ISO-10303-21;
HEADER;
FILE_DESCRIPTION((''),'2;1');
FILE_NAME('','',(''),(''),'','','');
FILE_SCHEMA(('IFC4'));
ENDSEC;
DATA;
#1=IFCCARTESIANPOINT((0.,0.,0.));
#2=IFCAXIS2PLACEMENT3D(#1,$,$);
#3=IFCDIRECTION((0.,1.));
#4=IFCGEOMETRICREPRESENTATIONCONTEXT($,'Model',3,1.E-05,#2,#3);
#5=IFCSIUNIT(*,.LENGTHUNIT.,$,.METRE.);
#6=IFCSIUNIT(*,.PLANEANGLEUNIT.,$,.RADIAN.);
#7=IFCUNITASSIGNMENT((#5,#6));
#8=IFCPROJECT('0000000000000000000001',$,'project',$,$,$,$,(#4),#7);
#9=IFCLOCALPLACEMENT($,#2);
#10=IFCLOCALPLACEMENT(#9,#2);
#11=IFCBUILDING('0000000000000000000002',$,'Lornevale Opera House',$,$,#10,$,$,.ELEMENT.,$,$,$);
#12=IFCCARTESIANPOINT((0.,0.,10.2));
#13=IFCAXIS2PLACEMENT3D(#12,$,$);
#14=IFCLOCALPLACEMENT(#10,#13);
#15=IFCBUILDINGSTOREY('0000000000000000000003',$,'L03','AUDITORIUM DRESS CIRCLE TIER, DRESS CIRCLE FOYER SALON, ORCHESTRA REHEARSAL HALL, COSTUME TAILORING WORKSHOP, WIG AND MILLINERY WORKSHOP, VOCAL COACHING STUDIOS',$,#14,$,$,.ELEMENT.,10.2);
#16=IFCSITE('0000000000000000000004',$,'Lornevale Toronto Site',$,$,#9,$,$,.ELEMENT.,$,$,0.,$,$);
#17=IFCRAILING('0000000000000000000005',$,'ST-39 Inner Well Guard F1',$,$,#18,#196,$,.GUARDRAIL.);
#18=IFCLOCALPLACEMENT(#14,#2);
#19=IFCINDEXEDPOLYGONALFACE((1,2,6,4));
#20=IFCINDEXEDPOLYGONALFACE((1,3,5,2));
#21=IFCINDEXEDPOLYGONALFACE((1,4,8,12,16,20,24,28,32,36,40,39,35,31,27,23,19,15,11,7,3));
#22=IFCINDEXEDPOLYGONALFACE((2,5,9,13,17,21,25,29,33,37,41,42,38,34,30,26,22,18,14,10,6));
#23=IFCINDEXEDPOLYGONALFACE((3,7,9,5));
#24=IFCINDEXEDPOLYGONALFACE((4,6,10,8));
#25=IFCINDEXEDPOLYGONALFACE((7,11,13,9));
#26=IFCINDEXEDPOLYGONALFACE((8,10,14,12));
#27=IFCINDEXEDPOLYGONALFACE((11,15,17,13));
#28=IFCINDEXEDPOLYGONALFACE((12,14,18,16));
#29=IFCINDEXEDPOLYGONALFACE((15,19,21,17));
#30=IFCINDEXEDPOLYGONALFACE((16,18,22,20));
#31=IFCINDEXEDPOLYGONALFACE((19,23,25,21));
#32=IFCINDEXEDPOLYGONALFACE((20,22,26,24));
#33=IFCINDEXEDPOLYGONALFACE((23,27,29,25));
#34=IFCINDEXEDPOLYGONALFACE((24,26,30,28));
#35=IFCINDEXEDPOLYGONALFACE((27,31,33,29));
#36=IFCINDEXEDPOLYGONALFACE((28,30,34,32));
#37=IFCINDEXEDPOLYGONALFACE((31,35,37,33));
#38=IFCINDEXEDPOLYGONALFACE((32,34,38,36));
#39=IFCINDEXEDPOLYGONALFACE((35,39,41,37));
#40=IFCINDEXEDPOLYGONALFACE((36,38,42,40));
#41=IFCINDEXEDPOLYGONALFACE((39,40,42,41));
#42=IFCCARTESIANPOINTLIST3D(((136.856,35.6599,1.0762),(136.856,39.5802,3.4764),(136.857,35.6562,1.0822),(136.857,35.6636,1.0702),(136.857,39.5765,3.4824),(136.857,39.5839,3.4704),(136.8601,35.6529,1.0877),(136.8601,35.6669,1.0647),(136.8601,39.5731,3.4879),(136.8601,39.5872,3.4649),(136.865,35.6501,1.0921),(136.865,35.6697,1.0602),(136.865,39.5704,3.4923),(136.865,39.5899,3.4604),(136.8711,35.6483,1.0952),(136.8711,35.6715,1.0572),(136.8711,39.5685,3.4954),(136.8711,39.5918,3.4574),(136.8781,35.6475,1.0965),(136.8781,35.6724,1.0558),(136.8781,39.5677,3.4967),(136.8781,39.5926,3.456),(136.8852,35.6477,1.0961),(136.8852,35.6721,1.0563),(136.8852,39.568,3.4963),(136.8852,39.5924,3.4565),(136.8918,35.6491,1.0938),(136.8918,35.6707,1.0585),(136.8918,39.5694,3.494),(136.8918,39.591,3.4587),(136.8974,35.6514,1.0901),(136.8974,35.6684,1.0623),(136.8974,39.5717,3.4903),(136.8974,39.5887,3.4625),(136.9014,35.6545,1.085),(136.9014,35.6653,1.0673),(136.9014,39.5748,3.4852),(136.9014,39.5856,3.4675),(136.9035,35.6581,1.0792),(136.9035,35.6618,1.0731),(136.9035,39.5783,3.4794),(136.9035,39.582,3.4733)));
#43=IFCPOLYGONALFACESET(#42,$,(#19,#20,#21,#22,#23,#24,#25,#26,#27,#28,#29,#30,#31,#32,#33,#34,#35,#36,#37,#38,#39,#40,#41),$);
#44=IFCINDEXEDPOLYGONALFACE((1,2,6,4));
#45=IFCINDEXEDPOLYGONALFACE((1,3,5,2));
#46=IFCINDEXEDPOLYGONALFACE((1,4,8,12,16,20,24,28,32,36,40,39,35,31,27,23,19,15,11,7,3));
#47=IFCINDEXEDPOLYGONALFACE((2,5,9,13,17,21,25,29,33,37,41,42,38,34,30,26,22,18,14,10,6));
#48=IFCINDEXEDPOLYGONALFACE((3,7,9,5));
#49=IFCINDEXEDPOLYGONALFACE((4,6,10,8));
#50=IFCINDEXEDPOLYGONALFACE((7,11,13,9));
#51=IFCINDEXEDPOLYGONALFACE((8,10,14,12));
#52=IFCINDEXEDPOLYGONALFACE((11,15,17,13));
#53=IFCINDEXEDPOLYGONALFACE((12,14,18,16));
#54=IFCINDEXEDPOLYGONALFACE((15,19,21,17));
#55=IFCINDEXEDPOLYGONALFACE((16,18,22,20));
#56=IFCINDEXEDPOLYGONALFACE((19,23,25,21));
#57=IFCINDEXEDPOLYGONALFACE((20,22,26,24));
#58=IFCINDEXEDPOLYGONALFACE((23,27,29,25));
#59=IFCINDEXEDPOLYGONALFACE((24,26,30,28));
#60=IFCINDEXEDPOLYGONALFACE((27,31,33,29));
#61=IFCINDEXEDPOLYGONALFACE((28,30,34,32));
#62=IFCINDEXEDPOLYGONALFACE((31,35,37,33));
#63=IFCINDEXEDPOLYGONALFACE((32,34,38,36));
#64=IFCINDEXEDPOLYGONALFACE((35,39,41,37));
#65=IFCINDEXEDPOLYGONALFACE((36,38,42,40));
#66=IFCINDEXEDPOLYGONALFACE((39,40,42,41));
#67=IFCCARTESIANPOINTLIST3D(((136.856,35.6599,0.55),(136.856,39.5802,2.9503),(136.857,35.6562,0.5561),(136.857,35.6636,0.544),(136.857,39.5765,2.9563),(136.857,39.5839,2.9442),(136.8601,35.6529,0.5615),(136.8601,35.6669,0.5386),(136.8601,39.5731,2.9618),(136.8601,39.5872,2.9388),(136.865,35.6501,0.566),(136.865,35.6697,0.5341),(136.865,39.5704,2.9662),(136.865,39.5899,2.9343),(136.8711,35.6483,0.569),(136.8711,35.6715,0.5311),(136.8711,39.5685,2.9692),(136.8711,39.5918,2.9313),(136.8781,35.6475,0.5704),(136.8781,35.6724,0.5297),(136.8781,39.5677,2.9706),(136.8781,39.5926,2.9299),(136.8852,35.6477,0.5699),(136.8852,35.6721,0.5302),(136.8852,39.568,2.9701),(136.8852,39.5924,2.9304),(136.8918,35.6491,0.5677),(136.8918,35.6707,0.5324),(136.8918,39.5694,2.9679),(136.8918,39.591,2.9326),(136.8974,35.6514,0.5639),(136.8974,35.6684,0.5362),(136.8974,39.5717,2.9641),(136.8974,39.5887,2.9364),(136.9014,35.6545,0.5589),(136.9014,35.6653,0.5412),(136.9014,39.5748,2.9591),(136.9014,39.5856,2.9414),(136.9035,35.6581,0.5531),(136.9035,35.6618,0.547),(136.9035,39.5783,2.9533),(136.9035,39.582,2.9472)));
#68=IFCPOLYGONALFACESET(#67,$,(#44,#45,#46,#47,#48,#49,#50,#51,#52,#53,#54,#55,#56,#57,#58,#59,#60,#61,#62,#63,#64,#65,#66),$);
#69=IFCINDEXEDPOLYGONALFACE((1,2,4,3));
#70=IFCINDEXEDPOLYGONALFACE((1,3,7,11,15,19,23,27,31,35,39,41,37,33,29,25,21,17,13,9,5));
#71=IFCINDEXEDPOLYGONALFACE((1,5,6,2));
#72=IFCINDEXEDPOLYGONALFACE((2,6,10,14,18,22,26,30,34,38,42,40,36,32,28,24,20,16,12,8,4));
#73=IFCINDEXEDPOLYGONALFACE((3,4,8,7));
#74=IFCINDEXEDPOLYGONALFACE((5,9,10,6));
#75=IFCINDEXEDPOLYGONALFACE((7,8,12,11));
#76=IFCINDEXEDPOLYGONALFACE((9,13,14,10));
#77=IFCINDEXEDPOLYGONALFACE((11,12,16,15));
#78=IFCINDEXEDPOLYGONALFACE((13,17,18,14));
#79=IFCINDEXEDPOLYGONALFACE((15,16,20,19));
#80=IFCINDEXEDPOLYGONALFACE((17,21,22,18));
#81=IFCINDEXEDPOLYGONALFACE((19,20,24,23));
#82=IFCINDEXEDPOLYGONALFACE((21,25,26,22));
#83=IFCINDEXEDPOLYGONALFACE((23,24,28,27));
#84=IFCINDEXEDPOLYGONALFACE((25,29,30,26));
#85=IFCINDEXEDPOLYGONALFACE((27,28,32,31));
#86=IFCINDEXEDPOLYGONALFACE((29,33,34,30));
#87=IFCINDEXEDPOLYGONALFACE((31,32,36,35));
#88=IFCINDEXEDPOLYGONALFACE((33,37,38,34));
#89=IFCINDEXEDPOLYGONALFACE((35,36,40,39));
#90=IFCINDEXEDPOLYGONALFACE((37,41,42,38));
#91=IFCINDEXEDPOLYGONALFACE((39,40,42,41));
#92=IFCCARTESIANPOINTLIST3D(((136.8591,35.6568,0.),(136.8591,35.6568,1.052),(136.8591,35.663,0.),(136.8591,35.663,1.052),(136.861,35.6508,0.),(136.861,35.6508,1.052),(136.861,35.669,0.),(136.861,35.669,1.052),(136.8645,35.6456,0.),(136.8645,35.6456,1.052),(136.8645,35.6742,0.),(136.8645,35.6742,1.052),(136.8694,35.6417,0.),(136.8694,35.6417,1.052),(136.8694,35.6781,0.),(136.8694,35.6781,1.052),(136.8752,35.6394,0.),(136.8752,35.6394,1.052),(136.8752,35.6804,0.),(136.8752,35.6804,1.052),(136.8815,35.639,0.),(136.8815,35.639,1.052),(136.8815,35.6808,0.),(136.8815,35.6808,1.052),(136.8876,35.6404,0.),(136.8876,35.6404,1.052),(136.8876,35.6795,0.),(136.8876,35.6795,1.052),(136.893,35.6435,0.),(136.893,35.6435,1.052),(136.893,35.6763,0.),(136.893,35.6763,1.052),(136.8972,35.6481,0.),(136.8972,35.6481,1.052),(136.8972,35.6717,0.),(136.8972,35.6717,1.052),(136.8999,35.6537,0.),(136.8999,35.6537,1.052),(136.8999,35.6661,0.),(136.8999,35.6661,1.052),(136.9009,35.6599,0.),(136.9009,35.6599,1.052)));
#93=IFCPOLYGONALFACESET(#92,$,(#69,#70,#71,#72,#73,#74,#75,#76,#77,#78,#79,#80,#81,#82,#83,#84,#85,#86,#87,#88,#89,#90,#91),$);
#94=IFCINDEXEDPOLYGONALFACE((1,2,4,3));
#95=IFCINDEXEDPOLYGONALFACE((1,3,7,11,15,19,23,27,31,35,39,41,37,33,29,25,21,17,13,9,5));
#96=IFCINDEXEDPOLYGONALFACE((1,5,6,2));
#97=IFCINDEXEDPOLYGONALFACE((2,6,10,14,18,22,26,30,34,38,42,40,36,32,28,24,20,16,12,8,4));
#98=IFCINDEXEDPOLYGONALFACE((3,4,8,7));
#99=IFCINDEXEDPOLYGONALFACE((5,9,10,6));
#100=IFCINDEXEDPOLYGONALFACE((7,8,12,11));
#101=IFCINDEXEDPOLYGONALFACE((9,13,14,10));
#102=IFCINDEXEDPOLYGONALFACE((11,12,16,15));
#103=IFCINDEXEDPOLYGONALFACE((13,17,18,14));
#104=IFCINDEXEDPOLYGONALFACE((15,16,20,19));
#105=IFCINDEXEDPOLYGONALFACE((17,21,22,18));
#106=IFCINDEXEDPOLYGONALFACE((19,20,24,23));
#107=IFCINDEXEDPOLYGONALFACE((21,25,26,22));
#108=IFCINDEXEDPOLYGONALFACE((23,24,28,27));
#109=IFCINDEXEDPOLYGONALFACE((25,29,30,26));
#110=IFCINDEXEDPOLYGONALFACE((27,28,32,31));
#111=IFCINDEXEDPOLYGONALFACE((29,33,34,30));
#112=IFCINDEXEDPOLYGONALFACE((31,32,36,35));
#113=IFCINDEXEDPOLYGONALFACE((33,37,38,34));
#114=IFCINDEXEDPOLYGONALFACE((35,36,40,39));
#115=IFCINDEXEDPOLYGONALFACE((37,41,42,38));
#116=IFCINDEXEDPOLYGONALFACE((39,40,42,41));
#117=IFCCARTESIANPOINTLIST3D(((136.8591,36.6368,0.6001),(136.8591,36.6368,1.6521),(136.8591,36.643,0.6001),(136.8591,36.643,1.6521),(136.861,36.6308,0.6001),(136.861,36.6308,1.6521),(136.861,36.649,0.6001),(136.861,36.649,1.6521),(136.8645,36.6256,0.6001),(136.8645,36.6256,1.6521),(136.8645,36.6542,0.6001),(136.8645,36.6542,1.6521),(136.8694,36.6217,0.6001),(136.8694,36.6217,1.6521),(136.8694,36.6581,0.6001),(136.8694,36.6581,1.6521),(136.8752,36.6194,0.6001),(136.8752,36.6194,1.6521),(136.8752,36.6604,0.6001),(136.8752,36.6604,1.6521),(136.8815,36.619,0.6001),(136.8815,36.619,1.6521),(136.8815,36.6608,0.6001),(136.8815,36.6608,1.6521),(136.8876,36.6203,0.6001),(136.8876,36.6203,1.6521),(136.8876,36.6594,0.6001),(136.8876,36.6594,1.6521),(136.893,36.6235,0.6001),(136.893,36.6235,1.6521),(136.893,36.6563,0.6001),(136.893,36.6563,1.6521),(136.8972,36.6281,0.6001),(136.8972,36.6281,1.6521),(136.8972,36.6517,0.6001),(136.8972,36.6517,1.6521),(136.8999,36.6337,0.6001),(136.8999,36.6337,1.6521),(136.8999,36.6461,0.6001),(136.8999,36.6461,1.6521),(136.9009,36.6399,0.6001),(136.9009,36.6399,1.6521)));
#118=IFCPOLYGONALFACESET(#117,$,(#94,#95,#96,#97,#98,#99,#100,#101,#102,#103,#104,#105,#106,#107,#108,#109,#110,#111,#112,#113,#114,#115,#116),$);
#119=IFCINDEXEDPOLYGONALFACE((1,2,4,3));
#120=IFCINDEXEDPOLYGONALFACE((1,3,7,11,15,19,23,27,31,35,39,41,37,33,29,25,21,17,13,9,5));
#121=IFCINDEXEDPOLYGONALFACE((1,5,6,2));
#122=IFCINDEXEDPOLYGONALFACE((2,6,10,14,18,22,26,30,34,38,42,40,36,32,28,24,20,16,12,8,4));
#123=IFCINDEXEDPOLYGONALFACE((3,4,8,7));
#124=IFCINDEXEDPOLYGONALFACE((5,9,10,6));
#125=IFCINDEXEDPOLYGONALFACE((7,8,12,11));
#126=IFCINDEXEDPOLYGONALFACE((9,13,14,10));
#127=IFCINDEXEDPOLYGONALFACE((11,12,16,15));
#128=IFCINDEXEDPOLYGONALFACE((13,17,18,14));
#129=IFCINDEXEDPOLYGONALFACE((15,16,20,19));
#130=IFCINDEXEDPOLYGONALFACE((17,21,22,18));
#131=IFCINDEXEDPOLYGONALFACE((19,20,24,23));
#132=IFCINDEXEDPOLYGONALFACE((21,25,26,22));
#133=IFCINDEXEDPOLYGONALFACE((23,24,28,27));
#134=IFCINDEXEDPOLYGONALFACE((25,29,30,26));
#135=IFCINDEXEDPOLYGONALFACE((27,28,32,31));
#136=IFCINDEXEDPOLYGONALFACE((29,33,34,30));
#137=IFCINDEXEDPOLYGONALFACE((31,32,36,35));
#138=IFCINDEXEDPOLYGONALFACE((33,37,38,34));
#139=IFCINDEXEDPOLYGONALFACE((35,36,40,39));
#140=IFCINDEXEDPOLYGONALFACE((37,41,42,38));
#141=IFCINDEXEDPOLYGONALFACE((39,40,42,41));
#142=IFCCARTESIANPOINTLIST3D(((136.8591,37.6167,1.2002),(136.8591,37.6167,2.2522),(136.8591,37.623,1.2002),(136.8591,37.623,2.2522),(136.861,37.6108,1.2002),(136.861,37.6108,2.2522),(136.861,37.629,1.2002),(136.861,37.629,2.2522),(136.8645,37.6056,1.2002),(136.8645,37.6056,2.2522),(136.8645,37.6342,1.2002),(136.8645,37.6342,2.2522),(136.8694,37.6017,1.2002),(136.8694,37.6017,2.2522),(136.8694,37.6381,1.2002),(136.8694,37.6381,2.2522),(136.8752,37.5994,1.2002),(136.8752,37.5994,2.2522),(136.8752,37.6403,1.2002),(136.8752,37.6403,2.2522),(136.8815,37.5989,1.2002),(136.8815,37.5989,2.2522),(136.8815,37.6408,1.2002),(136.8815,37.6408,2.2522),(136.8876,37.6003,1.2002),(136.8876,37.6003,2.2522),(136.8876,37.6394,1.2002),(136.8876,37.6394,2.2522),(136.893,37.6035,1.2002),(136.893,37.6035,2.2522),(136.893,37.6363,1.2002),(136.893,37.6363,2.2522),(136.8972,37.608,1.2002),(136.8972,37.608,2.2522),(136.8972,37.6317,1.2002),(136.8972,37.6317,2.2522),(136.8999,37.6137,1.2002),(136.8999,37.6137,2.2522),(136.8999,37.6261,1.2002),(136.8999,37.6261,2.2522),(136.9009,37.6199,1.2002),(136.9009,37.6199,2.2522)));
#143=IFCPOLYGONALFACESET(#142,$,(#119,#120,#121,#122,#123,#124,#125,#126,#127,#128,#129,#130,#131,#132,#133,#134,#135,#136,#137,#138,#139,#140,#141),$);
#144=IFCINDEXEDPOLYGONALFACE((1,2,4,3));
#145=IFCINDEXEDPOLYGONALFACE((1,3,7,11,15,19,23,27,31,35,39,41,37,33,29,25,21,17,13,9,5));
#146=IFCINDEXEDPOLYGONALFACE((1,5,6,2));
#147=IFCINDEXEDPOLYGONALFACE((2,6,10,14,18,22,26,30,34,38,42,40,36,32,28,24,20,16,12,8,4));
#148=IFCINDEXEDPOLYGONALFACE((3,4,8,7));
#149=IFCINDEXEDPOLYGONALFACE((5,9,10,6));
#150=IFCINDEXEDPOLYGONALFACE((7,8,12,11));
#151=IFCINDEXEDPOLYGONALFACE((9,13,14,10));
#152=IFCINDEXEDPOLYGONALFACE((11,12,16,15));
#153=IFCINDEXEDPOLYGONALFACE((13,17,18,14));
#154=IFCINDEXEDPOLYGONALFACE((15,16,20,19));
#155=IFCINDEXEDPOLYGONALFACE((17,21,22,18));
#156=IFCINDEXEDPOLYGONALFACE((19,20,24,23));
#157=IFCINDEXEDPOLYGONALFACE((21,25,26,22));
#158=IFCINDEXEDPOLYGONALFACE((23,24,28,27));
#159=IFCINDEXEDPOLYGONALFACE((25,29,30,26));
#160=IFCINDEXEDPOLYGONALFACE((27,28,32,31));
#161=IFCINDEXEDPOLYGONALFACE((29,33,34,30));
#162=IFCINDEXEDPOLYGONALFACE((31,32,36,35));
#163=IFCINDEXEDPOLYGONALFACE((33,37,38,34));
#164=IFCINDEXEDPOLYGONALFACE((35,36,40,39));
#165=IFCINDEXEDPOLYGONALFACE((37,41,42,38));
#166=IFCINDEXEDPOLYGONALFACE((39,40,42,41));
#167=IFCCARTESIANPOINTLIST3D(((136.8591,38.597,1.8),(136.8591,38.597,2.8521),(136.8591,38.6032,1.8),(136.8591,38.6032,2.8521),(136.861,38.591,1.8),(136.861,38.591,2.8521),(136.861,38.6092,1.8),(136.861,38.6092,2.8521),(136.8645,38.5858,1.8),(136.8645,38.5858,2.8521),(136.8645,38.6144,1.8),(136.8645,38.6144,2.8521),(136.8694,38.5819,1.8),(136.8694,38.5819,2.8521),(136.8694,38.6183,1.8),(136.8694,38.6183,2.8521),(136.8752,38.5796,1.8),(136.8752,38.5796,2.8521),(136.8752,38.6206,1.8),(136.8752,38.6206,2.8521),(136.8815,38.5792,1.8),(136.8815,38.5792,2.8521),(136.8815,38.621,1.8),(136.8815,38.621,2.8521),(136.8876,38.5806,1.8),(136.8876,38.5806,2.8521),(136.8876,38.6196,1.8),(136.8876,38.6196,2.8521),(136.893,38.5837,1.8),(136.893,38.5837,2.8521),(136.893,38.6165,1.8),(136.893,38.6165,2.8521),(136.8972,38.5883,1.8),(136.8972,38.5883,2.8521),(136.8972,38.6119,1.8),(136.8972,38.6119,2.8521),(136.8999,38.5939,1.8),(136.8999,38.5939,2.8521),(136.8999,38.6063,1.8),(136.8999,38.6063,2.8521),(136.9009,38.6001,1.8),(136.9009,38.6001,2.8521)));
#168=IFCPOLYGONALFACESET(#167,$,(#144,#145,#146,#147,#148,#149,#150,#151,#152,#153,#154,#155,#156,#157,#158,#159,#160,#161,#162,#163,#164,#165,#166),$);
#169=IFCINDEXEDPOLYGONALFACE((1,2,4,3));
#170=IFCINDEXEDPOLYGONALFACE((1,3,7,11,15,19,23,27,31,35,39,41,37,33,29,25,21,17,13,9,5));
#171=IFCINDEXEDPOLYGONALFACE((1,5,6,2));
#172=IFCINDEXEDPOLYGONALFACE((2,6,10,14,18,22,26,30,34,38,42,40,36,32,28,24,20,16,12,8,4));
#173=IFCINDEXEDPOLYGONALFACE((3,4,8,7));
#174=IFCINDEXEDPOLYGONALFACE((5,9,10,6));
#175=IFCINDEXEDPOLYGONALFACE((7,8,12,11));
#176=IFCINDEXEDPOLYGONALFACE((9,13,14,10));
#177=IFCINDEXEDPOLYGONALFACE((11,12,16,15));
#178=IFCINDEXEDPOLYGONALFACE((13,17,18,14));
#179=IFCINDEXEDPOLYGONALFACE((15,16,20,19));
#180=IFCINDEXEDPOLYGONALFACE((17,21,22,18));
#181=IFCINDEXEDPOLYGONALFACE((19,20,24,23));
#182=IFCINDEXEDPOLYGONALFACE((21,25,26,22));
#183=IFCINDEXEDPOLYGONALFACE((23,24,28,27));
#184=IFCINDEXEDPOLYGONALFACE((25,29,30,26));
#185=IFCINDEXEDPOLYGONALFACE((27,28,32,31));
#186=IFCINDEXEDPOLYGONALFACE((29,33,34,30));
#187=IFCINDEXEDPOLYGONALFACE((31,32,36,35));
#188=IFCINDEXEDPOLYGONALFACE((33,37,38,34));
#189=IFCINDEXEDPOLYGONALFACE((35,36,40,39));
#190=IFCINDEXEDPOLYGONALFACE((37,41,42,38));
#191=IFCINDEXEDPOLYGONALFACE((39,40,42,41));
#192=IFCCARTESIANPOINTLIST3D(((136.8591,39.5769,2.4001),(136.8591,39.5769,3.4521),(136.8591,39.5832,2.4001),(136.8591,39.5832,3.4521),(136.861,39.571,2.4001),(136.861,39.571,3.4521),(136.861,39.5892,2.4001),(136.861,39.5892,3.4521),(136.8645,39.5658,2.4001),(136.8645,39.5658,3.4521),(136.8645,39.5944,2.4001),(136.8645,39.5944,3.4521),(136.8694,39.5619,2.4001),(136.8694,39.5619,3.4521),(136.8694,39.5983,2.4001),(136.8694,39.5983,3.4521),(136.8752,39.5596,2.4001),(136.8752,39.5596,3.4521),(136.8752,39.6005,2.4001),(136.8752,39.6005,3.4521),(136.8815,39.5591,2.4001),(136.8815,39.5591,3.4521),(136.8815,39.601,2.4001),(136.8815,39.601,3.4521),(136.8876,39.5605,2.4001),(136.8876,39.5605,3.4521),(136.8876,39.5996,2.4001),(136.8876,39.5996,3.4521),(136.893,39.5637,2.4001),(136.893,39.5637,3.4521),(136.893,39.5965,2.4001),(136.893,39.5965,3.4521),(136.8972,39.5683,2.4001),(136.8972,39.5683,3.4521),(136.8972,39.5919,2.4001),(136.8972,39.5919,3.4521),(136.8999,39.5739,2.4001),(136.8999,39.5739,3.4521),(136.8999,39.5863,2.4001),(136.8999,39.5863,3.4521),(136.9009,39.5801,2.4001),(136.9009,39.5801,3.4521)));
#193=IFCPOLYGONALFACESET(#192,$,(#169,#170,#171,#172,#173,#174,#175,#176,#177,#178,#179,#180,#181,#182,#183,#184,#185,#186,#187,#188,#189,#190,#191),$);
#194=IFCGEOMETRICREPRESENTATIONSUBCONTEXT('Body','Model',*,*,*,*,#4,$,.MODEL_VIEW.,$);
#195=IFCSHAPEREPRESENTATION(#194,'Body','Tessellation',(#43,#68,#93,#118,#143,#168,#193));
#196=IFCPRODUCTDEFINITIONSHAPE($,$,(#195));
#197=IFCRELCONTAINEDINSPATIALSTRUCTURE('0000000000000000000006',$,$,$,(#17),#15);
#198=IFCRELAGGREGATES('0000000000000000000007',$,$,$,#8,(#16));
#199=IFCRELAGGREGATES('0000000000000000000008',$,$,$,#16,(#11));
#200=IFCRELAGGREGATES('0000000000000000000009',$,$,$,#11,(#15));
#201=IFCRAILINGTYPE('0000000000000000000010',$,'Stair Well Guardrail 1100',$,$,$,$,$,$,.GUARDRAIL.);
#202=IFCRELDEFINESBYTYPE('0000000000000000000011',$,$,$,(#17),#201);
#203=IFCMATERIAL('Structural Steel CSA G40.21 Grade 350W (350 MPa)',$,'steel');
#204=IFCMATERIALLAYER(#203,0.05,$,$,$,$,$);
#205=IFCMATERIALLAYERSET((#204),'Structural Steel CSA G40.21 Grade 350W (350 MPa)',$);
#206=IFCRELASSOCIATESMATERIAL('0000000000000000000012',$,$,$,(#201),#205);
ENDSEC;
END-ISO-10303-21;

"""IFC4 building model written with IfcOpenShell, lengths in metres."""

from ifc_helpers import new_model, si_unit, direction, frame, origin, origin_2d, place, context, subcontext, project, spatial, circle, extrude, material, layer, layer_set, type_object, element, save


model = new_model("IFC4")

# Units and contexts
model_context = context("Model", 3, precision=1e-05, world=origin(), true_north=direction((0.0, 1.0)))
body_context = subcontext(model_context, "Body", "Model", "MODEL_VIEW")
ifc_project = project(units=[si_unit("LENGTHUNIT", "METRE"), si_unit("PLANEANGLEUNIT", "RADIAN")], contexts=[model_context])

# Site, building, storey
site_placement = place(None, origin())
site = spatial("IfcSite", under=ifc_project, at=site_placement, Name="Lornevale Toronto Site", CompositionType="ELEMENT", RefElevation=0.0)
building_placement = place(site_placement, origin())
building = spatial("IfcBuilding", under=site, at=building_placement, Name="Lornevale Opera House", CompositionType="ELEMENT")
storey_placement = place(building_placement, frame((0.0, 0.0, 10.2)))
storey = spatial("IfcBuildingStorey", under=building, at=storey_placement, Name="L03", Description="AUDITORIUM DRESS CIRCLE TIER, DRESS CIRCLE FOYER SALON, ORCHESTRA REHEARSAL HALL, COSTUME TAILORING WORKSHOP, WIG AND MILLINERY WORKSHOP, VOCAL COACHING STUDIOS", CompositionType="ELEMENT", Elevation=10.2)

# Shared definitions
ifc_material_1 = material(Name="Structural Steel CSA G40.21 Grade 350W (350 MPa)", Category="steel")

# Railing
ifc_layer_1 = layer(ifc_material_1, 0.05)
ifc_layer_set_1 = layer_set([ifc_layer_1], Name="Structural Steel CSA G40.21 Grade 350W (350 MPa)")
railing_type_1 = type_object("IfcRailingType", Name="Stair Well Guardrail 1100", PredefinedType="GUARDRAIL", material=ifc_layer_set_1)
railing_1_placement = place(storey_placement, frame((136.8799, 35.6599, 0.0)))
element("IfcRailing", 1, at=railing_1_placement, inside=storey, type_object=railing_type_1, Name="ST-39 Inner Well Guard F1", PredefinedType="GUARDRAIL", context=body_context, shape_type="SweptSolid", body=[
    extrude(circle(Radius=0.0239, at=origin_2d()), frame((0.0, 0.0, 1.0762), z_axis=(0.0, 0.852847, 0.522161), x_axis=(-1.0, 0.0, 0.0)), (0.0, 0.0, 1.0), 4.5967),
    extrude(circle(Radius=0.0239, at=origin_2d()), frame((0.0, 0.0, 0.55), z_axis=(0.0, 0.852847, 0.522161), x_axis=(-1.0, 0.0, 0.0)), (0.0, 0.0, 1.0), 4.5967),
    extrude(circle(Radius=0.021, at=origin_2d()), origin(), (0.0, 0.0, 1.0), 1.052),
    extrude(circle(Radius=0.021, at=origin_2d()), frame((0.0, 0.98, 0.6001)), (0.0, 0.0, 1.0), 1.052),
    extrude(circle(Radius=0.021, at=origin_2d()), frame((0.0, 1.96, 1.2002)), (0.0, 0.0, 1.0), 1.052),
    extrude(circle(Radius=0.021, at=origin_2d()), frame((0.0, 2.9402, 1.8)), (0.0, 0.0, 1.0), 1.052),
    extrude(circle(Radius=0.021, at=origin_2d()), frame((0.0, 3.9202, 2.4001)), (0.0, 0.0, 1.0), 1.052),
])

save(model, "model.ifc")
